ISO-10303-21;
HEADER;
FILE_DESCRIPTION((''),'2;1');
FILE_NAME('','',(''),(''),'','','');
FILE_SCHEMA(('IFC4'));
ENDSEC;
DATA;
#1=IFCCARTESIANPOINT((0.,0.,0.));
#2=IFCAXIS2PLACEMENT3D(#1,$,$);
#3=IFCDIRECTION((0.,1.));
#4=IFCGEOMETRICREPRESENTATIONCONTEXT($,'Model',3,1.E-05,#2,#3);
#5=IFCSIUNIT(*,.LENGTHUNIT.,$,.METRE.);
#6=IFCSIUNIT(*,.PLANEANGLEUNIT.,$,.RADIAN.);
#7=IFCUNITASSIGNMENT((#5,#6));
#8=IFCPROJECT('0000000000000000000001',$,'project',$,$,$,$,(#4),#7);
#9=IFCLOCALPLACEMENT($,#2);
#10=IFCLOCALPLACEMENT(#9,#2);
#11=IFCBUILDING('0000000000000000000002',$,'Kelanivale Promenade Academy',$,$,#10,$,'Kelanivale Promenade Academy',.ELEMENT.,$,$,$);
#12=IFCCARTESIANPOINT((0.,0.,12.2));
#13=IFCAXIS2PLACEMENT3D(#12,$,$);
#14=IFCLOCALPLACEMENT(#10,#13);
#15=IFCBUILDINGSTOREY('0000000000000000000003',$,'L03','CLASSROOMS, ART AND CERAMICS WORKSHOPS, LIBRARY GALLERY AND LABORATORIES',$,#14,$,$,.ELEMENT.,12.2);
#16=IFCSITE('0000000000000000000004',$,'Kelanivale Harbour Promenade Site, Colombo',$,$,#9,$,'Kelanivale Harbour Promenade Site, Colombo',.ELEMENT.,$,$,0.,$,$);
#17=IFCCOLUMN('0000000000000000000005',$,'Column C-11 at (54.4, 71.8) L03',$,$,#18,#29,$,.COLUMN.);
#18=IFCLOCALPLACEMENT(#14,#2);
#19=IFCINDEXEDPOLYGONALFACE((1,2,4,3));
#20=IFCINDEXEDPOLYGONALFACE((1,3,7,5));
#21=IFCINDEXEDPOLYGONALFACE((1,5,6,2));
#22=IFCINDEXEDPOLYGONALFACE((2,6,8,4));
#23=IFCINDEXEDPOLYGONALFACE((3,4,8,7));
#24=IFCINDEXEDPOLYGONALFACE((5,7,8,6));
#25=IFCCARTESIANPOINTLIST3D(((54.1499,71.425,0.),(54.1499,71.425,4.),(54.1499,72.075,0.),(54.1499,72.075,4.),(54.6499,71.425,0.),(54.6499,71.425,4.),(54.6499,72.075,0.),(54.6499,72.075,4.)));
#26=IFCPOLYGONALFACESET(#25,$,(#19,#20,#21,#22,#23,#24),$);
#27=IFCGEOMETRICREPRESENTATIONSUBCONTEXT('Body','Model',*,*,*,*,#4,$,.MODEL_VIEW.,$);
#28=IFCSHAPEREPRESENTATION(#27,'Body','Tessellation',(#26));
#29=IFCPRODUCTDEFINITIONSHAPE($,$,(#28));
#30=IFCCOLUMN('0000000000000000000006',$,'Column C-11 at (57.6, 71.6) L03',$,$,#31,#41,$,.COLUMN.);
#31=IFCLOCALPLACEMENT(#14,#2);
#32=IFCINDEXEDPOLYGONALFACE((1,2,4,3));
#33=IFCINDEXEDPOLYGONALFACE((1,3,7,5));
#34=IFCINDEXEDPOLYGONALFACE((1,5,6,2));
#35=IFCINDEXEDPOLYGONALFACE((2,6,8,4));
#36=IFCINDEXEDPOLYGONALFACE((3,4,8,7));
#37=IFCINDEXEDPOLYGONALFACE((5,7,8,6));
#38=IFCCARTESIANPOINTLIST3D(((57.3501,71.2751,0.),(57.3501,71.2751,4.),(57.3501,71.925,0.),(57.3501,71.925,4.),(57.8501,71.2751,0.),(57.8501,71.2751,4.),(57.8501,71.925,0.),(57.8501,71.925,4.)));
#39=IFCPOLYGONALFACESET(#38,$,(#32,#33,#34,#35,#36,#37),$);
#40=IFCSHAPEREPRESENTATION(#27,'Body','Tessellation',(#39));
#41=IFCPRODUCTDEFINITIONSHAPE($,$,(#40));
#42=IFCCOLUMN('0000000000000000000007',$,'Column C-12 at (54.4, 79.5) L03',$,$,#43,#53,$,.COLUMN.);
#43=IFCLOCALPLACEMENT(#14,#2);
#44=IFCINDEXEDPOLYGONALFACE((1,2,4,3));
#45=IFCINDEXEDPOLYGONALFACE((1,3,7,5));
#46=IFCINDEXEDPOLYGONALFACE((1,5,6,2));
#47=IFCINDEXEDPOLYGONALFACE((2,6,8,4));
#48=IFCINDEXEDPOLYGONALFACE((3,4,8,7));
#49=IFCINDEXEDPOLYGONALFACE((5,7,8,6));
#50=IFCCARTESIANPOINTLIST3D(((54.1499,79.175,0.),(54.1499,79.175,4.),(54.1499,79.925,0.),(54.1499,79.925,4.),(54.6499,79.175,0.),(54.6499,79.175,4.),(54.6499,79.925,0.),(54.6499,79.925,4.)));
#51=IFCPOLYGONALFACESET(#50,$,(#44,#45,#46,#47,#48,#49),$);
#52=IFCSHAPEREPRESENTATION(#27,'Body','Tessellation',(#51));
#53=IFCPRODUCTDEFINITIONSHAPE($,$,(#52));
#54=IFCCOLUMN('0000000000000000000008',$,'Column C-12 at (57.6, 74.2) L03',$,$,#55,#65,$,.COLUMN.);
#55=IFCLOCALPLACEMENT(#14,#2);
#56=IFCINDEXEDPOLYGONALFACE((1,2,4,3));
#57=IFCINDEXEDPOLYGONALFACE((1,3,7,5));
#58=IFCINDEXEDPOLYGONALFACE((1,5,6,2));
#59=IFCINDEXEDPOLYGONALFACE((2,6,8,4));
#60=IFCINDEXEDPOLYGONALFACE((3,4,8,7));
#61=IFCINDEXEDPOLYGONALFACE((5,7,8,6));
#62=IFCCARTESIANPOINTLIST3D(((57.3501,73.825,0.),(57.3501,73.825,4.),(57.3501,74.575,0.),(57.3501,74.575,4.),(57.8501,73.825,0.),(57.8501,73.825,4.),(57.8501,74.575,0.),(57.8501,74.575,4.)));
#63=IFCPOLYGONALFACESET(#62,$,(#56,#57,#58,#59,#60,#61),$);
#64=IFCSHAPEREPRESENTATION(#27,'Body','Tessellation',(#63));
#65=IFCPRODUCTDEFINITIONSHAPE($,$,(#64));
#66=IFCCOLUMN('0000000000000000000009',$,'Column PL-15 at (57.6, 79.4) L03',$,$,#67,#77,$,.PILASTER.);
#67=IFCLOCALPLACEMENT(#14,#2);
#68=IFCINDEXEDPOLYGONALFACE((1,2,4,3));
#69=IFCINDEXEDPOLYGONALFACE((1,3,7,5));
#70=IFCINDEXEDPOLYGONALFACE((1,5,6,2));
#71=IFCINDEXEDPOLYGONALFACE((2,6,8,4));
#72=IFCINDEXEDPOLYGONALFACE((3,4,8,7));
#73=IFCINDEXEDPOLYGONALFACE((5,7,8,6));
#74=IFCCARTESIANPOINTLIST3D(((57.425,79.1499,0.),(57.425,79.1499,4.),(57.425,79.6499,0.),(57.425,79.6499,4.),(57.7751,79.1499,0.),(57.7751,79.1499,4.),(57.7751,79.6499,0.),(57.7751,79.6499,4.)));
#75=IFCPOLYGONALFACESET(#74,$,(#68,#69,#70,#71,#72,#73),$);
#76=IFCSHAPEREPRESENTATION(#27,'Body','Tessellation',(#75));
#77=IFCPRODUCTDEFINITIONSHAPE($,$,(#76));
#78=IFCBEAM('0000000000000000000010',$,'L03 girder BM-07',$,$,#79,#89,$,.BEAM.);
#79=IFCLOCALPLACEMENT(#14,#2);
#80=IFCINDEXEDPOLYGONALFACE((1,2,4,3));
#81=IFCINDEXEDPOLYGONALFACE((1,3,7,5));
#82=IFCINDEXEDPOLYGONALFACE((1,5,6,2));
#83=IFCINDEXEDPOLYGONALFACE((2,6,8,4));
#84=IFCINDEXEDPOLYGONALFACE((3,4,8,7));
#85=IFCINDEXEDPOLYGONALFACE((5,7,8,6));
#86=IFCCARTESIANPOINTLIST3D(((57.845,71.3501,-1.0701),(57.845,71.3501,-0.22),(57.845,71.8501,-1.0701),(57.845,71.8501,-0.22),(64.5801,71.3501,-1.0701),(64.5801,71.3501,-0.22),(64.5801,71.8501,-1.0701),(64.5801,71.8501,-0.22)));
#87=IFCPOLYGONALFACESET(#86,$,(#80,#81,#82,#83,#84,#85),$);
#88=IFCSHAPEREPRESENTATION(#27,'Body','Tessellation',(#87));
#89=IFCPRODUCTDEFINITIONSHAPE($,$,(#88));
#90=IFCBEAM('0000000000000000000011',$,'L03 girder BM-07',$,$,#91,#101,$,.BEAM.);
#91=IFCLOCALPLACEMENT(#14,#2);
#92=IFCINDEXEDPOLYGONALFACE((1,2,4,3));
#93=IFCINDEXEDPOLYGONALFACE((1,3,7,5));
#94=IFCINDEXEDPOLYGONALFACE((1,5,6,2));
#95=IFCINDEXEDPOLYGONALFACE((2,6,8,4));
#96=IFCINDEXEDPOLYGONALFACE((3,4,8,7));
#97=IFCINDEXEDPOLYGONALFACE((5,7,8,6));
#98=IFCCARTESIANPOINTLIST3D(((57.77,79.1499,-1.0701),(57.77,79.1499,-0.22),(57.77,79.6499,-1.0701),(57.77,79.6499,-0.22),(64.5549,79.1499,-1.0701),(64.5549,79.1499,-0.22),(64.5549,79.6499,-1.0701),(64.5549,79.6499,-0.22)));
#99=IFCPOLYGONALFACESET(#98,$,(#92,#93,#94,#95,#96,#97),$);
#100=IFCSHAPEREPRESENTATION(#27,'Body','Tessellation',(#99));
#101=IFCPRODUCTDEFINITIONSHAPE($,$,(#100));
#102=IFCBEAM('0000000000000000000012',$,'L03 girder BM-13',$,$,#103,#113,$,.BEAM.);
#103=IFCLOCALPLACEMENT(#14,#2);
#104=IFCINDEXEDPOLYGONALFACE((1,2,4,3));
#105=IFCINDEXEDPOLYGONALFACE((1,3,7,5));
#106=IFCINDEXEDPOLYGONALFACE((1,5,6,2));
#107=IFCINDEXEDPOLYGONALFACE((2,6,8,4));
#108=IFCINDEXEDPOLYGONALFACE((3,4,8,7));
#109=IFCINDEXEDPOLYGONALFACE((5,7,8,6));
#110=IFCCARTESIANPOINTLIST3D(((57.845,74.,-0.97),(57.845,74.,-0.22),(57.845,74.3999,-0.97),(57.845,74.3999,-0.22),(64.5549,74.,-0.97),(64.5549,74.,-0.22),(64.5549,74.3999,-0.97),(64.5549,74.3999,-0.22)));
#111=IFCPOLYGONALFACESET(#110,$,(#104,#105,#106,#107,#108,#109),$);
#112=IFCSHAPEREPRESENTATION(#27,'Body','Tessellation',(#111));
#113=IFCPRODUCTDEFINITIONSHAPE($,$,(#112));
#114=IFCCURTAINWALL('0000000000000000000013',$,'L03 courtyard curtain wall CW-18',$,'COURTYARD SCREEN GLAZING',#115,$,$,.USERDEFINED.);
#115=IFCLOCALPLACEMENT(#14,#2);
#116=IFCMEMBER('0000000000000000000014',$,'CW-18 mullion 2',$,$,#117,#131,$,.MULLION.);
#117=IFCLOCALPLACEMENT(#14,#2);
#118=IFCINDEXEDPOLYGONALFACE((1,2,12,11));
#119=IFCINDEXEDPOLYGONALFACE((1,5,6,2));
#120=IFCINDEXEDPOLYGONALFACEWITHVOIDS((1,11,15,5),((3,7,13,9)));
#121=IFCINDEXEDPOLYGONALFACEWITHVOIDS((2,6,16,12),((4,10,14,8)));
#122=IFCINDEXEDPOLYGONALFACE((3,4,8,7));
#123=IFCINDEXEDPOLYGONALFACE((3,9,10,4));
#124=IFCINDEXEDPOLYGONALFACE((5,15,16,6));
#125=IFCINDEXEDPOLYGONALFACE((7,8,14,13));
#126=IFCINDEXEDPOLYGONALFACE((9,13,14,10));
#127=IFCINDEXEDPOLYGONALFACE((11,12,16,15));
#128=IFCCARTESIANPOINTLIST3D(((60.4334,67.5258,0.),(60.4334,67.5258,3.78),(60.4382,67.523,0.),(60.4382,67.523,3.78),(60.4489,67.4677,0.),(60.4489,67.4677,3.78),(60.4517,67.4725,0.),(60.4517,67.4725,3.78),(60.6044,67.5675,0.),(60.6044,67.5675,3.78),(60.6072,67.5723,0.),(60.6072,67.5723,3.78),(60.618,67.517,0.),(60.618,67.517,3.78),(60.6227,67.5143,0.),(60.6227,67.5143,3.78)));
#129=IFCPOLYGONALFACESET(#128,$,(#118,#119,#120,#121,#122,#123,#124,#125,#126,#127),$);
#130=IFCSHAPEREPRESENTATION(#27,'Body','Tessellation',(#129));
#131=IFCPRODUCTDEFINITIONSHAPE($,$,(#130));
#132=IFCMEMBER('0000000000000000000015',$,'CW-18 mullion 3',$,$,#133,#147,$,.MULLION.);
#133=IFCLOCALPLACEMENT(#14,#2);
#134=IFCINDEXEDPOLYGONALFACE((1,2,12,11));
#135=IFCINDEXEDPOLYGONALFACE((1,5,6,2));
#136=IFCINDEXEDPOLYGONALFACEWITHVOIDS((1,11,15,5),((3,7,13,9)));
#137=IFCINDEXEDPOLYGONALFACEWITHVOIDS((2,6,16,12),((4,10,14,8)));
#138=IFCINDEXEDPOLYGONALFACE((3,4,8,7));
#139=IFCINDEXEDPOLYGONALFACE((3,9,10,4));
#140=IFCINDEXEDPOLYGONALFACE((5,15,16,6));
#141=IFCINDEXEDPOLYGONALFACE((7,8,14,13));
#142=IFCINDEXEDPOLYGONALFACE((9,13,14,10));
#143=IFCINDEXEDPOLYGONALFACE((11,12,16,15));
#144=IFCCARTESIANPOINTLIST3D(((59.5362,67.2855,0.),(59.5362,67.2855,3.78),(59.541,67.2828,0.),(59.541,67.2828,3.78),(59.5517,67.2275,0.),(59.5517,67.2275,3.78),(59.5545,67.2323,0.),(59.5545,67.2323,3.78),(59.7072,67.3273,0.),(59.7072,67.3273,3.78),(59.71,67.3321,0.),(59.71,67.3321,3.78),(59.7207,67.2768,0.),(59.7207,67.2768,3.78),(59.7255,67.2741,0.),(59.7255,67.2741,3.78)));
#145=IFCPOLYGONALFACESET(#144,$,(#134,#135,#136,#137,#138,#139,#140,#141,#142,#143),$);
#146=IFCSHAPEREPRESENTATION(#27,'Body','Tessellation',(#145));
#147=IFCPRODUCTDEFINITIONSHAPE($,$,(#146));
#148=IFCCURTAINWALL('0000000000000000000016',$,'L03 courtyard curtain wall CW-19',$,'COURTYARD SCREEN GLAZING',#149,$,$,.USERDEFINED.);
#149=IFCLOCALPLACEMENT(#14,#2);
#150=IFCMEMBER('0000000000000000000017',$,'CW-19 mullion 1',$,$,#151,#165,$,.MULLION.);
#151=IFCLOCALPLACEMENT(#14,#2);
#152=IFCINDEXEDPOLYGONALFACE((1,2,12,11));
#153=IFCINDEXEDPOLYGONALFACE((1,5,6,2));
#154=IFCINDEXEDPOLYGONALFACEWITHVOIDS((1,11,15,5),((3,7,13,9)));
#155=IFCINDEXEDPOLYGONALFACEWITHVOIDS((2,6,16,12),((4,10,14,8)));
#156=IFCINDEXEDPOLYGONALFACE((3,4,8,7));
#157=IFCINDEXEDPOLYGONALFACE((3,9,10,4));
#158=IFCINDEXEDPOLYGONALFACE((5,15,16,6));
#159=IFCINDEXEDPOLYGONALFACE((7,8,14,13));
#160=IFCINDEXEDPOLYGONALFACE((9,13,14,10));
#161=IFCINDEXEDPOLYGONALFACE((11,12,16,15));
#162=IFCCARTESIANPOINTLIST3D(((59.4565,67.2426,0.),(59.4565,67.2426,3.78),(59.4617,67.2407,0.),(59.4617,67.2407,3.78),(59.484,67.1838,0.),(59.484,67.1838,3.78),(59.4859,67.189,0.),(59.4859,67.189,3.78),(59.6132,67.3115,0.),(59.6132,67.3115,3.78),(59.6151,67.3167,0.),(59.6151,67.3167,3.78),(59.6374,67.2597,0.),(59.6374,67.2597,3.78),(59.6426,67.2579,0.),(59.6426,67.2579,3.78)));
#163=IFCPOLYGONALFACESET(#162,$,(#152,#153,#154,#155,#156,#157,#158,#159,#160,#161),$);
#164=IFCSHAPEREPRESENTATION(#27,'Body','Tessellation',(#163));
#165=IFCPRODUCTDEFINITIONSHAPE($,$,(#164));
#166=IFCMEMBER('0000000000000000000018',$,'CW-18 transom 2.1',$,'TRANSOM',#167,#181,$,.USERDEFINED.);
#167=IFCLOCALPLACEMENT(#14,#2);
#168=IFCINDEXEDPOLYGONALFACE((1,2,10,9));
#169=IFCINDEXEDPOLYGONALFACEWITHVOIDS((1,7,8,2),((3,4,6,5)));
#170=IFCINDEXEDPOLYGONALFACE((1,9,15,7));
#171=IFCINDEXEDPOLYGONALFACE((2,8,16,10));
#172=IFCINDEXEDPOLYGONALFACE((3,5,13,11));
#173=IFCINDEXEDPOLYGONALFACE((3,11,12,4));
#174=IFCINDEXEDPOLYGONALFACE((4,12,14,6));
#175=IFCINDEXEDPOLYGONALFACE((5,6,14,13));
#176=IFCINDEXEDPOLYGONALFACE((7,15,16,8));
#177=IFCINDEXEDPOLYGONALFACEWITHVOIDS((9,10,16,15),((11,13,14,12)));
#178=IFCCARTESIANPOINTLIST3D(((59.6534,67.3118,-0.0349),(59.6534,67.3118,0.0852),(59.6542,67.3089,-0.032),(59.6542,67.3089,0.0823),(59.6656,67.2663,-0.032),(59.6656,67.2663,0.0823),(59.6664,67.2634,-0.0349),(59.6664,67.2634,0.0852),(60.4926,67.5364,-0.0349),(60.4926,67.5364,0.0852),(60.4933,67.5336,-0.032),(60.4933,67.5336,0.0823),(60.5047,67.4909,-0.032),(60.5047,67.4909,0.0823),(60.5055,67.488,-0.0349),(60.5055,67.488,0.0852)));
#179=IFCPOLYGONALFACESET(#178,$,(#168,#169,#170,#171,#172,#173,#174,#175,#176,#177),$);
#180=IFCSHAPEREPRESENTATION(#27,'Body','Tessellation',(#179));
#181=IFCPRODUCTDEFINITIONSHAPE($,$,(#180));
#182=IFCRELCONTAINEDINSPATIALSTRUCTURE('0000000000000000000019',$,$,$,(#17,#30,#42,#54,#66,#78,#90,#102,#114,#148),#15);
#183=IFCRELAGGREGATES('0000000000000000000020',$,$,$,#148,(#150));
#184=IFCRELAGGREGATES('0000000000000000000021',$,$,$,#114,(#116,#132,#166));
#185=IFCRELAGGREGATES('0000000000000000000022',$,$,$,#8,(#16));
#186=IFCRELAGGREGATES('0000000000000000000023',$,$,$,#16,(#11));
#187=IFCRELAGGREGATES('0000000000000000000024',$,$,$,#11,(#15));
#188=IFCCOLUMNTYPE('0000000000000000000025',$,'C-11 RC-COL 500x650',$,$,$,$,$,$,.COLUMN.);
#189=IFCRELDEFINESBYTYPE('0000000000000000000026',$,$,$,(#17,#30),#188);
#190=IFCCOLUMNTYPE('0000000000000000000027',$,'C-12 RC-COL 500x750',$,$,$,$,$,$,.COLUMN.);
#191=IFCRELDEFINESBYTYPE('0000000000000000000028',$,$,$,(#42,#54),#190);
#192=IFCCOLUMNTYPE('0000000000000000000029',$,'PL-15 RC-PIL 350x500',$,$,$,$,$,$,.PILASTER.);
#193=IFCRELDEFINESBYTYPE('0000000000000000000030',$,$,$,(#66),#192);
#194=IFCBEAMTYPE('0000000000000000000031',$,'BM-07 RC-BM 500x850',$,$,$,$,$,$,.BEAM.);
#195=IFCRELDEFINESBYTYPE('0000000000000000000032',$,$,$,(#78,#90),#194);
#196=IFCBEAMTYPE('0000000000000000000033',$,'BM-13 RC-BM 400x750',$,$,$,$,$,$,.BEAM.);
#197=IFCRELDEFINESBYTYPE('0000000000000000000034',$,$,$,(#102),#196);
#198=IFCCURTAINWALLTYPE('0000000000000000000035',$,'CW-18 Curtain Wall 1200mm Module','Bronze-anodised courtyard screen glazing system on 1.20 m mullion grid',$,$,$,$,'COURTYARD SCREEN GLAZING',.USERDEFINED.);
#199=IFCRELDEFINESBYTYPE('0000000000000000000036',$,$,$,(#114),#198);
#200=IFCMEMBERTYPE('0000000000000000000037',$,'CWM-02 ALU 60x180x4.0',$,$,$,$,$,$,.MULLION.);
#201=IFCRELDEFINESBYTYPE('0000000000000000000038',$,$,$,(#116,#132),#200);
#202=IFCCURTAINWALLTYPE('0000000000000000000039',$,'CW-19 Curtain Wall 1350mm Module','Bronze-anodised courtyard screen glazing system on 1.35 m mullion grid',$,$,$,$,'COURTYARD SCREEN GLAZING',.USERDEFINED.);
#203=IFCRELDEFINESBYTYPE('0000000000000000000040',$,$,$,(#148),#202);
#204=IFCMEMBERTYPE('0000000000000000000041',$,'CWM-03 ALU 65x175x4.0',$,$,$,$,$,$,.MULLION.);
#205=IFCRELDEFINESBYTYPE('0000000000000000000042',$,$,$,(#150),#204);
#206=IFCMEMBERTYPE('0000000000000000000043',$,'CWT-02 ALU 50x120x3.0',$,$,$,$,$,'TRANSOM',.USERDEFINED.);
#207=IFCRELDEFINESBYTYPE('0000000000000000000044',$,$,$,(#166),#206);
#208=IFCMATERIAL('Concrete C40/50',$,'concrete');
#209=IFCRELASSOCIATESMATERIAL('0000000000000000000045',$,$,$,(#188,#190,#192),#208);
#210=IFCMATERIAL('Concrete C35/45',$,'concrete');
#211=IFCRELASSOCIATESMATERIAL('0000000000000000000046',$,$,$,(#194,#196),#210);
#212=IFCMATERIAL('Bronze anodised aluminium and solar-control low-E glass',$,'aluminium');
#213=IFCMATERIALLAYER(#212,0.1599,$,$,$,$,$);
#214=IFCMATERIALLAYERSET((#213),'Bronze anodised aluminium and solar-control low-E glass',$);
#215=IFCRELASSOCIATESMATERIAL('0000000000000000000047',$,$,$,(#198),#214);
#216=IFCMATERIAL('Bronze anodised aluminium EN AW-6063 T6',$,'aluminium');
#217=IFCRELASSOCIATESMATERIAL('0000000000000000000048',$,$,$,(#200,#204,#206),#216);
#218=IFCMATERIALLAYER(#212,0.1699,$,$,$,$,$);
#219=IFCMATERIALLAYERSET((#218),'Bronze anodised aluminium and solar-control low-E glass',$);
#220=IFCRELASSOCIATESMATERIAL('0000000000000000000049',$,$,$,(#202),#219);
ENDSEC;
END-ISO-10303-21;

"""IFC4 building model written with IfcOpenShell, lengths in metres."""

from ifc_helpers import new_model, si_unit, direction, frame, origin, origin_2d, place, context, subcontext, project, spatial, rectangle, hollow_rectangle, extrude, material, layer, layer_set, material_profile, profile_set, type_object, element, aggregate, save


model = new_model("IFC4")

# Units and contexts
model_context = context("Model", 3, precision=1e-05, world=origin(), true_north=direction((0.0, 1.0)))
body_context = subcontext(model_context, "Body", "Model", "MODEL_VIEW")
ifc_project = project(units=[si_unit("LENGTHUNIT", "METRE"), si_unit("PLANEANGLEUNIT", "RADIAN")], contexts=[model_context])

# Site, building, storey
site_placement = place(None, origin())
site = spatial("IfcSite", under=ifc_project, at=site_placement, Name="Kelanivale Harbour Promenade Site, Colombo", LongName="Kelanivale Harbour Promenade Site, Colombo", CompositionType="ELEMENT", RefElevation=0.0)
building_placement = place(site_placement, origin())
building = spatial("IfcBuilding", under=site, at=building_placement, Name="Kelanivale Promenade Academy", LongName="Kelanivale Promenade Academy", CompositionType="ELEMENT")
storey_placement = place(building_placement, frame((0.0, 0.0, 12.2)))
storey = spatial("IfcBuildingStorey", under=building, at=storey_placement, Name="L03", Description="CLASSROOMS, ART AND CERAMICS WORKSHOPS, LIBRARY GALLERY AND LABORATORIES", CompositionType="ELEMENT", Elevation=12.2)

# Columns
ifc_material_1 = material(Name="Concrete C40/50", Category="concrete")
ifc_material_profile_1 = material_profile(ifc_material_1, rectangle(XDim=0.5, YDim=0.6499, at=origin_2d()), Name="RC-COL 500x650")
ifc_profile_set_1 = profile_set([ifc_material_profile_1], Name="Concrete C40/50")
column_type_1 = type_object("IfcColumnType", Name="C-11 RC-COL 500x650", PredefinedType="COLUMN", material=ifc_profile_set_1)
for number, where, z_axis, x_axis, name in (
    (1, (54.3999, 71.75, 0.0), (0.0, 0.0, 1.0), (1.0, 0.0, 0.0), "Column C-11 at (54.4, 71.8) L03"),
    (2, (57.6001, 71.6001, 0.0), (0.0, 0.0, 1.0), (1.0, 0.0, 0.0), "Column C-11 at (57.6, 71.6) L03"),
):
    element("IfcColumn", number, at=place(storey_placement, frame(where, z_axis=z_axis, x_axis=x_axis)), inside=storey, type_object=column_type_1, Name=name, PredefinedType="COLUMN", context=body_context, shape_type="SweptSolid", body=[
        extrude(rectangle(XDim=0.5, YDim=0.6499, at=origin_2d()), origin(), (0.0, 0.0, 1.0), 4.0),
    ])
ifc_material_profile_2 = material_profile(ifc_material_1, rectangle(XDim=0.5, YDim=0.75, at=origin_2d()), Name="RC-COL 500x750")
ifc_profile_set_2 = profile_set([ifc_material_profile_2], Name="Concrete C40/50")
column_type_2 = type_object("IfcColumnType", Name="C-12 RC-COL 500x750", PredefinedType="COLUMN", material=ifc_profile_set_2)
for number, where, z_axis, x_axis, name in (
    (3, (54.3999, 79.55, 0.0), (0.0, 0.0, 1.0), (1.0, 0.0, 0.0), "Column C-12 at (54.4, 79.5) L03"),
    (4, (57.6001, 74.2, 0.0), (0.0, 0.0, 1.0), (1.0, 0.0, 0.0), "Column C-12 at (57.6, 74.2) L03"),
):
    element("IfcColumn", number, at=place(storey_placement, frame(where, z_axis=z_axis, x_axis=x_axis)), inside=storey, type_object=column_type_2, Name=name, PredefinedType="COLUMN", context=body_context, shape_type="SweptSolid", body=[
        extrude(rectangle(XDim=0.5, YDim=0.75, at=origin_2d()), origin(), (0.0, 0.0, 1.0), 4.0),
    ])
ifc_material_profile_3 = material_profile(ifc_material_1, rectangle(XDim=0.3501, YDim=0.5, at=origin_2d()), Name="RC-PIL 350x500")
ifc_profile_set_3 = profile_set([ifc_material_profile_3], Name="Concrete C40/50")
column_type_3 = type_object("IfcColumnType", Name="PL-15 RC-PIL 350x500", PredefinedType="PILASTER", material=ifc_profile_set_3)
column_placement = place(storey_placement, frame((57.6001, 79.3999, 0.0), z_axis=(0.0, 0.0, 1.0), x_axis=(1.0, 0.0, 0.0)))
element("IfcColumn", 5, at=column_placement, inside=storey, type_object=column_type_3, Name="Column PL-15 at (57.6, 79.4) L03", PredefinedType="PILASTER", context=body_context, shape_type="SweptSolid", body=[
    extrude(rectangle(XDim=0.3501, YDim=0.5, at=origin_2d()), origin(), (0.0, 0.0, 1.0), 4.0),
])

# Beams
ifc_material_2 = material(Name="Concrete C35/45", Category="concrete")
ifc_material_profile_4 = material_profile(ifc_material_2, rectangle(XDim=0.5, YDim=0.8501, at=origin_2d()), Name="RC-BM 500x850")
ifc_profile_set_4 = profile_set([ifc_material_profile_4], Name="Concrete C35/45")
beam_type_1 = type_object("IfcBeamType", Name="BM-07 RC-BM 500x850", PredefinedType="BEAM", material=ifc_profile_set_4)
beam_1_placement = place(storey_placement, frame((57.845, 71.6001, -0.645), z_axis=(1.0, 0.0, 0.0), x_axis=(0.0, 1.0, 0.0)))
element("IfcBeam", 6, at=beam_1_placement, inside=storey, type_object=beam_type_1, Name="L03 girder BM-07", PredefinedType="BEAM", context=body_context, shape_type="SweptSolid", body=[
    extrude(rectangle(XDim=0.5, YDim=0.8501, at=origin_2d()), origin(), (0.0, 0.0, 1.0), 6.7351),
])
beam_2_placement = place(storey_placement, frame((57.77, 79.3999, -0.645), z_axis=(1.0, 0.0, 0.0), x_axis=(0.0, 1.0, 0.0)))
element("IfcBeam", 7, at=beam_2_placement, inside=storey, type_object=beam_type_1, Name="L03 girder BM-07", PredefinedType="BEAM", context=body_context, shape_type="SweptSolid", body=[
    extrude(rectangle(XDim=0.5, YDim=0.8501, at=origin_2d()), origin(), (0.0, 0.0, 1.0), 6.7849),
])
ifc_material_profile_5 = material_profile(ifc_material_2, rectangle(XDim=0.3999, YDim=0.75, at=origin_2d()), Name="RC-BM 400x750")
ifc_profile_set_5 = profile_set([ifc_material_profile_5], Name="Concrete C35/45")
beam_type_2 = type_object("IfcBeamType", Name="BM-13 RC-BM 400x750", PredefinedType="BEAM", material=ifc_profile_set_5)
beam_3_placement = place(storey_placement, frame((57.845, 74.2, -0.595), z_axis=(1.0, 0.0, 0.0), x_axis=(0.0, 1.0, 0.0)))
element("IfcBeam", 8, at=beam_3_placement, inside=storey, type_object=beam_type_2, Name="L03 girder BM-13", PredefinedType="BEAM", context=body_context, shape_type="SweptSolid", body=[
    extrude(rectangle(XDim=0.3999, YDim=0.75, at=origin_2d()), origin(), (0.0, 0.0, 1.0), 6.71),
])

# Curtain wall, members
ifc_material_3 = material(Name="Bronze anodised aluminium and solar-control low-E glass", Category="aluminium")
ifc_layer_1 = layer(ifc_material_3, 0.1599)
ifc_layer_set_1 = layer_set([ifc_layer_1], Name="Bronze anodised aluminium and solar-control low-E glass")
curtain_wall_type_1 = type_object("IfcCurtainWallType", Name="CW-18 Curtain Wall 1200mm Module", Description="Bronze-anodised courtyard screen glazing system on 1.20 m mullion grid", ElementType="COURTYARD SCREEN GLAZING", PredefinedType="USERDEFINED", material=ifc_layer_set_1)
curtain_wall_1_placement = place(storey_placement, origin())
curtain_wall_1 = element("IfcCurtainWall", 9, at=curtain_wall_1_placement, inside=storey, type_object=curtain_wall_type_1, Name="L03 courtyard curtain wall CW-18", ObjectType="COURTYARD SCREEN GLAZING", PredefinedType="USERDEFINED")
ifc_material_4 = material(Name="Bronze anodised aluminium EN AW-6063 T6", Category="aluminium")
ifc_material_profile_6 = material_profile(ifc_material_4, hollow_rectangle(XDim=0.0601, YDim=0.1799, WallThickness=0.0039, at=origin_2d()), Name="ALU 60x180x4.0")
ifc_profile_set_6 = profile_set([ifc_material_profile_6], Name="Bronze anodised aluminium EN AW-6063 T6")
member_type_1 = type_object("IfcMemberType", Name="CWM-02 ALU 60x180x4.0", PredefinedType="MULLION", material=ifc_profile_set_6)
member_1_placement = place(storey_placement, frame((60.5281, 67.52, 0.0), z_axis=(0.0, 0.0, 1.0), x_axis=(0.258701, -0.965957, 0.0)))
member_1 = element("IfcMember", 10, at=member_1_placement, type_object=member_type_1, Name="CW-18 mullion 2", PredefinedType="MULLION", context=body_context, shape_type="SweptSolid", body=[
    extrude(hollow_rectangle(XDim=0.0601, YDim=0.1799, WallThickness=0.0039, at=origin_2d()), origin(), (0.0, 0.0, 1.0), 3.78),
])
member_2_placement = place(storey_placement, frame((59.6309, 67.2798, 0.0), z_axis=(0.0, 0.0, 1.0), x_axis=(0.258701, -0.965957, 0.0)))
member_2 = element("IfcMember", 11, at=member_2_placement, type_object=member_type_1, Name="CW-18 mullion 3", PredefinedType="MULLION", context=body_context, shape_type="SweptSolid", body=[
    extrude(hollow_rectangle(XDim=0.0601, YDim=0.1799, WallThickness=0.0039, at=origin_2d()), origin(), (0.0, 0.0, 1.0), 3.78),
])

# Curtain wall, member
ifc_layer_2 = layer(ifc_material_3, 0.1699)
ifc_layer_set_2 = layer_set([ifc_layer_2], Name="Bronze anodised aluminium and solar-control low-E glass")
curtain_wall_type_2 = type_object("IfcCurtainWallType", Name="CW-19 Curtain Wall 1350mm Module", Description="Bronze-anodised courtyard screen glazing system on 1.35 m mullion grid", ElementType="COURTYARD SCREEN GLAZING", PredefinedType="USERDEFINED", material=ifc_layer_set_2)
curtain_wall_2_placement = place(storey_placement, origin())
curtain_wall_2 = element("IfcCurtainWall", 12, at=curtain_wall_2_placement, inside=storey, type_object=curtain_wall_type_2, Name="L03 courtyard curtain wall CW-19", ObjectType="COURTYARD SCREEN GLAZING", PredefinedType="USERDEFINED")
ifc_material_profile_7 = material_profile(ifc_material_4, hollow_rectangle(XDim=0.0649, YDim=0.175, WallThickness=0.0039, at=origin_2d()), Name="ALU 65x175x4.0")
ifc_profile_set_7 = profile_set([ifc_material_profile_7], Name="Bronze anodised aluminium EN AW-6063 T6")
member_type_2 = type_object("IfcMemberType", Name="CWM-03 ALU 65x175x4.0", PredefinedType="MULLION", material=ifc_profile_set_7)
member_3_placement = place(storey_placement, frame((59.5496, 67.2502, 0.0), z_axis=(0.0, 0.0, 1.0), x_axis=(0.423087, -0.906089, 0.0)))
member_3 = element("IfcMember", 13, at=member_3_placement, type_object=member_type_2, Name="CW-19 mullion 1", PredefinedType="MULLION", context=body_context, shape_type="SweptSolid", body=[
    extrude(hollow_rectangle(XDim=0.0649, YDim=0.175, WallThickness=0.0039, at=origin_2d()), origin(), (0.0, 0.0, 1.0), 3.78),
])

# Member
ifc_material_profile_8 = material_profile(ifc_material_4, hollow_rectangle(XDim=0.05, YDim=0.1201, WallThickness=0.0029, at=origin_2d()), Name="ALU 50x120x3.0")
ifc_profile_set_8 = profile_set([ifc_material_profile_8], Name="Bronze anodised aluminium EN AW-6063 T6")
member_type_3 = type_object("IfcMemberType", Name="CWT-02 ALU 50x120x3.0", ElementType="TRANSOM", PredefinedType="USERDEFINED", material=ifc_profile_set_8)
member_4_placement = place(storey_placement, frame((60.499, 67.5122, 0.0251), z_axis=(-0.965992, -0.258572, 0.0), x_axis=(0.258572, -0.965992, 0.0)))
member_4 = element("IfcMember", 14, at=member_4_placement, type_object=member_type_3, Name="CW-18 transom 2.1", ObjectType="TRANSOM", PredefinedType="USERDEFINED", context=body_context, shape_type="SweptSolid", body=[
    extrude(hollow_rectangle(XDim=0.05, YDim=0.1201, WallThickness=0.0029, at=origin_2d()), origin(), (0.0, 0.0, 1.0), 0.8687),
])
aggregate(curtain_wall_2, [member_3])

aggregate(curtain_wall_1, [member_1, member_2, member_4])

save(model, "model.ifc")
